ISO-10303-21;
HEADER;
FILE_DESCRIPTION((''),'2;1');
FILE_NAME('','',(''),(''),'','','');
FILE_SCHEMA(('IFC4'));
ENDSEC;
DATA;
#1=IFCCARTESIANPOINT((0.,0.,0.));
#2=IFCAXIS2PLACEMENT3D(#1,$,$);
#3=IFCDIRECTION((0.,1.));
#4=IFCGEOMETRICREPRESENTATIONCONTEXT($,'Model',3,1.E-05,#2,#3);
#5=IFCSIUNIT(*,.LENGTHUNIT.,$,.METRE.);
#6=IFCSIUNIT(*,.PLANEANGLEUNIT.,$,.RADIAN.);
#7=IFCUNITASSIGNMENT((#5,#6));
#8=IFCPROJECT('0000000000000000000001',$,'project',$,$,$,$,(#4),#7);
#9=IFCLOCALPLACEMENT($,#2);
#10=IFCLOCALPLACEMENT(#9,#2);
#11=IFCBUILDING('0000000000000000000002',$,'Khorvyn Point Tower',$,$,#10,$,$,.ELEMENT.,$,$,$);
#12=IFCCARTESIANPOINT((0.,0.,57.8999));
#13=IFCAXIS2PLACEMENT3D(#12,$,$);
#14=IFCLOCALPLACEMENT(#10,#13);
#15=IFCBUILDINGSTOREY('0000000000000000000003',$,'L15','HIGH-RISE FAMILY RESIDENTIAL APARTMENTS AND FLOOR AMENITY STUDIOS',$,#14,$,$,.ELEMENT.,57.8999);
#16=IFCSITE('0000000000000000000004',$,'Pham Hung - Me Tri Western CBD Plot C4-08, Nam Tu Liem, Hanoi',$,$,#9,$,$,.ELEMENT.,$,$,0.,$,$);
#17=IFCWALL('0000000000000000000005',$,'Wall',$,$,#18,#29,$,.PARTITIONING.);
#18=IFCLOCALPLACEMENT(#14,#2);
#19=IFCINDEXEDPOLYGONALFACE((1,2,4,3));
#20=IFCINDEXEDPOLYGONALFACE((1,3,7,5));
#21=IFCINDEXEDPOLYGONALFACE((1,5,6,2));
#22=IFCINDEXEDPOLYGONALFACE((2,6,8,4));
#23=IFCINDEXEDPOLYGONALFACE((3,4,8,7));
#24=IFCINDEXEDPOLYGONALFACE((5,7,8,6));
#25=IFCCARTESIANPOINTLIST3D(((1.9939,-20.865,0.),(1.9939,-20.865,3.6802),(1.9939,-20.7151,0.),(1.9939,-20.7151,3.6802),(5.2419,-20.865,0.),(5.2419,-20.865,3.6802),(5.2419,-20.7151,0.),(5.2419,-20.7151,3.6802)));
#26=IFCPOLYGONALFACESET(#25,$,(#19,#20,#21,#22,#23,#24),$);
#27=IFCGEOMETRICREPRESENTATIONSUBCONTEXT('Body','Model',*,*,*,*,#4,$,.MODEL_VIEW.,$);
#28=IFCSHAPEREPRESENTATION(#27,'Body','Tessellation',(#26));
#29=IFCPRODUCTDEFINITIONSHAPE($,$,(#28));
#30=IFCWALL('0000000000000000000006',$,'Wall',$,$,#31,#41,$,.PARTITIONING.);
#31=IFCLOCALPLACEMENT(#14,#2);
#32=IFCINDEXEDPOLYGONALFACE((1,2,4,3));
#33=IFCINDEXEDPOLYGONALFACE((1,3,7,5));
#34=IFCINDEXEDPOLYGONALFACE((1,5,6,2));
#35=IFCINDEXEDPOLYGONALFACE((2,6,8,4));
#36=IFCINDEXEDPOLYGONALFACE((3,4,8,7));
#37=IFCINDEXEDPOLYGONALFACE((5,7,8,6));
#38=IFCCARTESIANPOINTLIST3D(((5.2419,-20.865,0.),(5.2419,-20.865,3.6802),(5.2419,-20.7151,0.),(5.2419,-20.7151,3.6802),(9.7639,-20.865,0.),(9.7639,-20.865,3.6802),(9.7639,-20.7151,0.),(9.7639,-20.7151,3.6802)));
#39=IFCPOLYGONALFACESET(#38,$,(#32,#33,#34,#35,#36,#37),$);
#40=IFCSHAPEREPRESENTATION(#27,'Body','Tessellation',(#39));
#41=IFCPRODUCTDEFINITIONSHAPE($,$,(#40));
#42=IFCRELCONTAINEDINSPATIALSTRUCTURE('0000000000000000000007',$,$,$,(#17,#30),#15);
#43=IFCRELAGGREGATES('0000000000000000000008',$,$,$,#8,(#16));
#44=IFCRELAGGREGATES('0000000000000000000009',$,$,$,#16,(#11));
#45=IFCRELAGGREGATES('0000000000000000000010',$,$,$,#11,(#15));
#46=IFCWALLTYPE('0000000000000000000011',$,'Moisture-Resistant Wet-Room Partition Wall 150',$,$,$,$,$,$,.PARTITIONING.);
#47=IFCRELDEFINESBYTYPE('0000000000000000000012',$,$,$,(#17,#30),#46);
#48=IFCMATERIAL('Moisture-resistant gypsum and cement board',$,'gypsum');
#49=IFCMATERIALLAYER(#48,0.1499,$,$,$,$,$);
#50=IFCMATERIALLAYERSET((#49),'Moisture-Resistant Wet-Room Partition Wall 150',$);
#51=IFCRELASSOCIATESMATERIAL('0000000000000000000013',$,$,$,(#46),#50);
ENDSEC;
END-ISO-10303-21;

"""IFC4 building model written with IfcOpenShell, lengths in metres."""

from ifc_helpers import new_model, si_unit, direction, frame, frame_2d, origin, place, context, subcontext, project, spatial, rectangle, extrude, material, layer, layer_set, type_object, element, save


model = new_model("IFC4")

# Units and contexts
model_context = context("Model", 3, precision=1e-05, world=origin(), true_north=direction((0.0, 1.0)))
body_context = subcontext(model_context, "Body", "Model", "MODEL_VIEW")
ifc_project = project(units=[si_unit("LENGTHUNIT", "METRE"), si_unit("PLANEANGLEUNIT", "RADIAN")], contexts=[model_context])

# Site, building, storey
site_placement = place(None, origin())
site = spatial("IfcSite", under=ifc_project, at=site_placement, Name="Pham Hung - Me Tri Western CBD Plot C4-08, Nam Tu Liem, Hanoi", CompositionType="ELEMENT", RefElevation=0.0)
building_placement = place(site_placement, origin())
building = spatial("IfcBuilding", under=site, at=building_placement, Name="Khorvyn Point Tower", CompositionType="ELEMENT")
storey_placement = place(building_placement, frame((0.0, 0.0, 57.8999)))
storey = spatial("IfcBuildingStorey", under=building, at=storey_placement, Name="L15", Description="HIGH-RISE FAMILY RESIDENTIAL APARTMENTS AND FLOOR AMENITY STUDIOS", CompositionType="ELEMENT", Elevation=57.8999)

# Shared definitions
ifc_material_1 = material(Name="Moisture-resistant gypsum and cement board", Category="gypsum")
ifc_layer_1 = layer(ifc_material_1, 0.1499)
ifc_layer_set_1 = layer_set([ifc_layer_1], Name="Moisture-Resistant Wet-Room Partition Wall 150")
wall_type_1 = type_object("IfcWallType", Name="Moisture-Resistant Wet-Room Partition Wall 150", PredefinedType="PARTITIONING", material=ifc_layer_set_1)

# Walls
for number, where, z_axis, x_axis, name in (
    (1, (1.9939, -20.79, 0.0), (0.0, 0.0, 1.0), (1.0, 0.0, 0.0), "Wall"),
):
    element("IfcWall", number, at=place(storey_placement, frame(where, z_axis=z_axis, x_axis=x_axis)), inside=storey, type_object=wall_type_1, Name=name, PredefinedType="PARTITIONING", context=body_context, shape_type="SweptSolid", body=[
        extrude(rectangle(XDim=3.248, YDim=0.1499, at=frame_2d((1.624, 0.0))), origin(), (0.0, 0.0, 1.0), 3.6802),
    ])
wall_1_placement = place(storey_placement, frame((5.2419, -20.79, 0.0), z_axis=(0.0, 0.0, 1.0), x_axis=(1.0, 0.0, 0.0)))
element("IfcWall", 2, at=wall_1_placement, inside=storey, type_object=wall_type_1, Name="Wall", PredefinedType="PARTITIONING", context=body_context, shape_type="SweptSolid", body=[
    extrude(rectangle(XDim=4.522, YDim=0.1499, at=frame_2d((2.261, 0.0))), origin(), (0.0, 0.0, 1.0), 3.6802),
])

save(model, "model.ifc")
